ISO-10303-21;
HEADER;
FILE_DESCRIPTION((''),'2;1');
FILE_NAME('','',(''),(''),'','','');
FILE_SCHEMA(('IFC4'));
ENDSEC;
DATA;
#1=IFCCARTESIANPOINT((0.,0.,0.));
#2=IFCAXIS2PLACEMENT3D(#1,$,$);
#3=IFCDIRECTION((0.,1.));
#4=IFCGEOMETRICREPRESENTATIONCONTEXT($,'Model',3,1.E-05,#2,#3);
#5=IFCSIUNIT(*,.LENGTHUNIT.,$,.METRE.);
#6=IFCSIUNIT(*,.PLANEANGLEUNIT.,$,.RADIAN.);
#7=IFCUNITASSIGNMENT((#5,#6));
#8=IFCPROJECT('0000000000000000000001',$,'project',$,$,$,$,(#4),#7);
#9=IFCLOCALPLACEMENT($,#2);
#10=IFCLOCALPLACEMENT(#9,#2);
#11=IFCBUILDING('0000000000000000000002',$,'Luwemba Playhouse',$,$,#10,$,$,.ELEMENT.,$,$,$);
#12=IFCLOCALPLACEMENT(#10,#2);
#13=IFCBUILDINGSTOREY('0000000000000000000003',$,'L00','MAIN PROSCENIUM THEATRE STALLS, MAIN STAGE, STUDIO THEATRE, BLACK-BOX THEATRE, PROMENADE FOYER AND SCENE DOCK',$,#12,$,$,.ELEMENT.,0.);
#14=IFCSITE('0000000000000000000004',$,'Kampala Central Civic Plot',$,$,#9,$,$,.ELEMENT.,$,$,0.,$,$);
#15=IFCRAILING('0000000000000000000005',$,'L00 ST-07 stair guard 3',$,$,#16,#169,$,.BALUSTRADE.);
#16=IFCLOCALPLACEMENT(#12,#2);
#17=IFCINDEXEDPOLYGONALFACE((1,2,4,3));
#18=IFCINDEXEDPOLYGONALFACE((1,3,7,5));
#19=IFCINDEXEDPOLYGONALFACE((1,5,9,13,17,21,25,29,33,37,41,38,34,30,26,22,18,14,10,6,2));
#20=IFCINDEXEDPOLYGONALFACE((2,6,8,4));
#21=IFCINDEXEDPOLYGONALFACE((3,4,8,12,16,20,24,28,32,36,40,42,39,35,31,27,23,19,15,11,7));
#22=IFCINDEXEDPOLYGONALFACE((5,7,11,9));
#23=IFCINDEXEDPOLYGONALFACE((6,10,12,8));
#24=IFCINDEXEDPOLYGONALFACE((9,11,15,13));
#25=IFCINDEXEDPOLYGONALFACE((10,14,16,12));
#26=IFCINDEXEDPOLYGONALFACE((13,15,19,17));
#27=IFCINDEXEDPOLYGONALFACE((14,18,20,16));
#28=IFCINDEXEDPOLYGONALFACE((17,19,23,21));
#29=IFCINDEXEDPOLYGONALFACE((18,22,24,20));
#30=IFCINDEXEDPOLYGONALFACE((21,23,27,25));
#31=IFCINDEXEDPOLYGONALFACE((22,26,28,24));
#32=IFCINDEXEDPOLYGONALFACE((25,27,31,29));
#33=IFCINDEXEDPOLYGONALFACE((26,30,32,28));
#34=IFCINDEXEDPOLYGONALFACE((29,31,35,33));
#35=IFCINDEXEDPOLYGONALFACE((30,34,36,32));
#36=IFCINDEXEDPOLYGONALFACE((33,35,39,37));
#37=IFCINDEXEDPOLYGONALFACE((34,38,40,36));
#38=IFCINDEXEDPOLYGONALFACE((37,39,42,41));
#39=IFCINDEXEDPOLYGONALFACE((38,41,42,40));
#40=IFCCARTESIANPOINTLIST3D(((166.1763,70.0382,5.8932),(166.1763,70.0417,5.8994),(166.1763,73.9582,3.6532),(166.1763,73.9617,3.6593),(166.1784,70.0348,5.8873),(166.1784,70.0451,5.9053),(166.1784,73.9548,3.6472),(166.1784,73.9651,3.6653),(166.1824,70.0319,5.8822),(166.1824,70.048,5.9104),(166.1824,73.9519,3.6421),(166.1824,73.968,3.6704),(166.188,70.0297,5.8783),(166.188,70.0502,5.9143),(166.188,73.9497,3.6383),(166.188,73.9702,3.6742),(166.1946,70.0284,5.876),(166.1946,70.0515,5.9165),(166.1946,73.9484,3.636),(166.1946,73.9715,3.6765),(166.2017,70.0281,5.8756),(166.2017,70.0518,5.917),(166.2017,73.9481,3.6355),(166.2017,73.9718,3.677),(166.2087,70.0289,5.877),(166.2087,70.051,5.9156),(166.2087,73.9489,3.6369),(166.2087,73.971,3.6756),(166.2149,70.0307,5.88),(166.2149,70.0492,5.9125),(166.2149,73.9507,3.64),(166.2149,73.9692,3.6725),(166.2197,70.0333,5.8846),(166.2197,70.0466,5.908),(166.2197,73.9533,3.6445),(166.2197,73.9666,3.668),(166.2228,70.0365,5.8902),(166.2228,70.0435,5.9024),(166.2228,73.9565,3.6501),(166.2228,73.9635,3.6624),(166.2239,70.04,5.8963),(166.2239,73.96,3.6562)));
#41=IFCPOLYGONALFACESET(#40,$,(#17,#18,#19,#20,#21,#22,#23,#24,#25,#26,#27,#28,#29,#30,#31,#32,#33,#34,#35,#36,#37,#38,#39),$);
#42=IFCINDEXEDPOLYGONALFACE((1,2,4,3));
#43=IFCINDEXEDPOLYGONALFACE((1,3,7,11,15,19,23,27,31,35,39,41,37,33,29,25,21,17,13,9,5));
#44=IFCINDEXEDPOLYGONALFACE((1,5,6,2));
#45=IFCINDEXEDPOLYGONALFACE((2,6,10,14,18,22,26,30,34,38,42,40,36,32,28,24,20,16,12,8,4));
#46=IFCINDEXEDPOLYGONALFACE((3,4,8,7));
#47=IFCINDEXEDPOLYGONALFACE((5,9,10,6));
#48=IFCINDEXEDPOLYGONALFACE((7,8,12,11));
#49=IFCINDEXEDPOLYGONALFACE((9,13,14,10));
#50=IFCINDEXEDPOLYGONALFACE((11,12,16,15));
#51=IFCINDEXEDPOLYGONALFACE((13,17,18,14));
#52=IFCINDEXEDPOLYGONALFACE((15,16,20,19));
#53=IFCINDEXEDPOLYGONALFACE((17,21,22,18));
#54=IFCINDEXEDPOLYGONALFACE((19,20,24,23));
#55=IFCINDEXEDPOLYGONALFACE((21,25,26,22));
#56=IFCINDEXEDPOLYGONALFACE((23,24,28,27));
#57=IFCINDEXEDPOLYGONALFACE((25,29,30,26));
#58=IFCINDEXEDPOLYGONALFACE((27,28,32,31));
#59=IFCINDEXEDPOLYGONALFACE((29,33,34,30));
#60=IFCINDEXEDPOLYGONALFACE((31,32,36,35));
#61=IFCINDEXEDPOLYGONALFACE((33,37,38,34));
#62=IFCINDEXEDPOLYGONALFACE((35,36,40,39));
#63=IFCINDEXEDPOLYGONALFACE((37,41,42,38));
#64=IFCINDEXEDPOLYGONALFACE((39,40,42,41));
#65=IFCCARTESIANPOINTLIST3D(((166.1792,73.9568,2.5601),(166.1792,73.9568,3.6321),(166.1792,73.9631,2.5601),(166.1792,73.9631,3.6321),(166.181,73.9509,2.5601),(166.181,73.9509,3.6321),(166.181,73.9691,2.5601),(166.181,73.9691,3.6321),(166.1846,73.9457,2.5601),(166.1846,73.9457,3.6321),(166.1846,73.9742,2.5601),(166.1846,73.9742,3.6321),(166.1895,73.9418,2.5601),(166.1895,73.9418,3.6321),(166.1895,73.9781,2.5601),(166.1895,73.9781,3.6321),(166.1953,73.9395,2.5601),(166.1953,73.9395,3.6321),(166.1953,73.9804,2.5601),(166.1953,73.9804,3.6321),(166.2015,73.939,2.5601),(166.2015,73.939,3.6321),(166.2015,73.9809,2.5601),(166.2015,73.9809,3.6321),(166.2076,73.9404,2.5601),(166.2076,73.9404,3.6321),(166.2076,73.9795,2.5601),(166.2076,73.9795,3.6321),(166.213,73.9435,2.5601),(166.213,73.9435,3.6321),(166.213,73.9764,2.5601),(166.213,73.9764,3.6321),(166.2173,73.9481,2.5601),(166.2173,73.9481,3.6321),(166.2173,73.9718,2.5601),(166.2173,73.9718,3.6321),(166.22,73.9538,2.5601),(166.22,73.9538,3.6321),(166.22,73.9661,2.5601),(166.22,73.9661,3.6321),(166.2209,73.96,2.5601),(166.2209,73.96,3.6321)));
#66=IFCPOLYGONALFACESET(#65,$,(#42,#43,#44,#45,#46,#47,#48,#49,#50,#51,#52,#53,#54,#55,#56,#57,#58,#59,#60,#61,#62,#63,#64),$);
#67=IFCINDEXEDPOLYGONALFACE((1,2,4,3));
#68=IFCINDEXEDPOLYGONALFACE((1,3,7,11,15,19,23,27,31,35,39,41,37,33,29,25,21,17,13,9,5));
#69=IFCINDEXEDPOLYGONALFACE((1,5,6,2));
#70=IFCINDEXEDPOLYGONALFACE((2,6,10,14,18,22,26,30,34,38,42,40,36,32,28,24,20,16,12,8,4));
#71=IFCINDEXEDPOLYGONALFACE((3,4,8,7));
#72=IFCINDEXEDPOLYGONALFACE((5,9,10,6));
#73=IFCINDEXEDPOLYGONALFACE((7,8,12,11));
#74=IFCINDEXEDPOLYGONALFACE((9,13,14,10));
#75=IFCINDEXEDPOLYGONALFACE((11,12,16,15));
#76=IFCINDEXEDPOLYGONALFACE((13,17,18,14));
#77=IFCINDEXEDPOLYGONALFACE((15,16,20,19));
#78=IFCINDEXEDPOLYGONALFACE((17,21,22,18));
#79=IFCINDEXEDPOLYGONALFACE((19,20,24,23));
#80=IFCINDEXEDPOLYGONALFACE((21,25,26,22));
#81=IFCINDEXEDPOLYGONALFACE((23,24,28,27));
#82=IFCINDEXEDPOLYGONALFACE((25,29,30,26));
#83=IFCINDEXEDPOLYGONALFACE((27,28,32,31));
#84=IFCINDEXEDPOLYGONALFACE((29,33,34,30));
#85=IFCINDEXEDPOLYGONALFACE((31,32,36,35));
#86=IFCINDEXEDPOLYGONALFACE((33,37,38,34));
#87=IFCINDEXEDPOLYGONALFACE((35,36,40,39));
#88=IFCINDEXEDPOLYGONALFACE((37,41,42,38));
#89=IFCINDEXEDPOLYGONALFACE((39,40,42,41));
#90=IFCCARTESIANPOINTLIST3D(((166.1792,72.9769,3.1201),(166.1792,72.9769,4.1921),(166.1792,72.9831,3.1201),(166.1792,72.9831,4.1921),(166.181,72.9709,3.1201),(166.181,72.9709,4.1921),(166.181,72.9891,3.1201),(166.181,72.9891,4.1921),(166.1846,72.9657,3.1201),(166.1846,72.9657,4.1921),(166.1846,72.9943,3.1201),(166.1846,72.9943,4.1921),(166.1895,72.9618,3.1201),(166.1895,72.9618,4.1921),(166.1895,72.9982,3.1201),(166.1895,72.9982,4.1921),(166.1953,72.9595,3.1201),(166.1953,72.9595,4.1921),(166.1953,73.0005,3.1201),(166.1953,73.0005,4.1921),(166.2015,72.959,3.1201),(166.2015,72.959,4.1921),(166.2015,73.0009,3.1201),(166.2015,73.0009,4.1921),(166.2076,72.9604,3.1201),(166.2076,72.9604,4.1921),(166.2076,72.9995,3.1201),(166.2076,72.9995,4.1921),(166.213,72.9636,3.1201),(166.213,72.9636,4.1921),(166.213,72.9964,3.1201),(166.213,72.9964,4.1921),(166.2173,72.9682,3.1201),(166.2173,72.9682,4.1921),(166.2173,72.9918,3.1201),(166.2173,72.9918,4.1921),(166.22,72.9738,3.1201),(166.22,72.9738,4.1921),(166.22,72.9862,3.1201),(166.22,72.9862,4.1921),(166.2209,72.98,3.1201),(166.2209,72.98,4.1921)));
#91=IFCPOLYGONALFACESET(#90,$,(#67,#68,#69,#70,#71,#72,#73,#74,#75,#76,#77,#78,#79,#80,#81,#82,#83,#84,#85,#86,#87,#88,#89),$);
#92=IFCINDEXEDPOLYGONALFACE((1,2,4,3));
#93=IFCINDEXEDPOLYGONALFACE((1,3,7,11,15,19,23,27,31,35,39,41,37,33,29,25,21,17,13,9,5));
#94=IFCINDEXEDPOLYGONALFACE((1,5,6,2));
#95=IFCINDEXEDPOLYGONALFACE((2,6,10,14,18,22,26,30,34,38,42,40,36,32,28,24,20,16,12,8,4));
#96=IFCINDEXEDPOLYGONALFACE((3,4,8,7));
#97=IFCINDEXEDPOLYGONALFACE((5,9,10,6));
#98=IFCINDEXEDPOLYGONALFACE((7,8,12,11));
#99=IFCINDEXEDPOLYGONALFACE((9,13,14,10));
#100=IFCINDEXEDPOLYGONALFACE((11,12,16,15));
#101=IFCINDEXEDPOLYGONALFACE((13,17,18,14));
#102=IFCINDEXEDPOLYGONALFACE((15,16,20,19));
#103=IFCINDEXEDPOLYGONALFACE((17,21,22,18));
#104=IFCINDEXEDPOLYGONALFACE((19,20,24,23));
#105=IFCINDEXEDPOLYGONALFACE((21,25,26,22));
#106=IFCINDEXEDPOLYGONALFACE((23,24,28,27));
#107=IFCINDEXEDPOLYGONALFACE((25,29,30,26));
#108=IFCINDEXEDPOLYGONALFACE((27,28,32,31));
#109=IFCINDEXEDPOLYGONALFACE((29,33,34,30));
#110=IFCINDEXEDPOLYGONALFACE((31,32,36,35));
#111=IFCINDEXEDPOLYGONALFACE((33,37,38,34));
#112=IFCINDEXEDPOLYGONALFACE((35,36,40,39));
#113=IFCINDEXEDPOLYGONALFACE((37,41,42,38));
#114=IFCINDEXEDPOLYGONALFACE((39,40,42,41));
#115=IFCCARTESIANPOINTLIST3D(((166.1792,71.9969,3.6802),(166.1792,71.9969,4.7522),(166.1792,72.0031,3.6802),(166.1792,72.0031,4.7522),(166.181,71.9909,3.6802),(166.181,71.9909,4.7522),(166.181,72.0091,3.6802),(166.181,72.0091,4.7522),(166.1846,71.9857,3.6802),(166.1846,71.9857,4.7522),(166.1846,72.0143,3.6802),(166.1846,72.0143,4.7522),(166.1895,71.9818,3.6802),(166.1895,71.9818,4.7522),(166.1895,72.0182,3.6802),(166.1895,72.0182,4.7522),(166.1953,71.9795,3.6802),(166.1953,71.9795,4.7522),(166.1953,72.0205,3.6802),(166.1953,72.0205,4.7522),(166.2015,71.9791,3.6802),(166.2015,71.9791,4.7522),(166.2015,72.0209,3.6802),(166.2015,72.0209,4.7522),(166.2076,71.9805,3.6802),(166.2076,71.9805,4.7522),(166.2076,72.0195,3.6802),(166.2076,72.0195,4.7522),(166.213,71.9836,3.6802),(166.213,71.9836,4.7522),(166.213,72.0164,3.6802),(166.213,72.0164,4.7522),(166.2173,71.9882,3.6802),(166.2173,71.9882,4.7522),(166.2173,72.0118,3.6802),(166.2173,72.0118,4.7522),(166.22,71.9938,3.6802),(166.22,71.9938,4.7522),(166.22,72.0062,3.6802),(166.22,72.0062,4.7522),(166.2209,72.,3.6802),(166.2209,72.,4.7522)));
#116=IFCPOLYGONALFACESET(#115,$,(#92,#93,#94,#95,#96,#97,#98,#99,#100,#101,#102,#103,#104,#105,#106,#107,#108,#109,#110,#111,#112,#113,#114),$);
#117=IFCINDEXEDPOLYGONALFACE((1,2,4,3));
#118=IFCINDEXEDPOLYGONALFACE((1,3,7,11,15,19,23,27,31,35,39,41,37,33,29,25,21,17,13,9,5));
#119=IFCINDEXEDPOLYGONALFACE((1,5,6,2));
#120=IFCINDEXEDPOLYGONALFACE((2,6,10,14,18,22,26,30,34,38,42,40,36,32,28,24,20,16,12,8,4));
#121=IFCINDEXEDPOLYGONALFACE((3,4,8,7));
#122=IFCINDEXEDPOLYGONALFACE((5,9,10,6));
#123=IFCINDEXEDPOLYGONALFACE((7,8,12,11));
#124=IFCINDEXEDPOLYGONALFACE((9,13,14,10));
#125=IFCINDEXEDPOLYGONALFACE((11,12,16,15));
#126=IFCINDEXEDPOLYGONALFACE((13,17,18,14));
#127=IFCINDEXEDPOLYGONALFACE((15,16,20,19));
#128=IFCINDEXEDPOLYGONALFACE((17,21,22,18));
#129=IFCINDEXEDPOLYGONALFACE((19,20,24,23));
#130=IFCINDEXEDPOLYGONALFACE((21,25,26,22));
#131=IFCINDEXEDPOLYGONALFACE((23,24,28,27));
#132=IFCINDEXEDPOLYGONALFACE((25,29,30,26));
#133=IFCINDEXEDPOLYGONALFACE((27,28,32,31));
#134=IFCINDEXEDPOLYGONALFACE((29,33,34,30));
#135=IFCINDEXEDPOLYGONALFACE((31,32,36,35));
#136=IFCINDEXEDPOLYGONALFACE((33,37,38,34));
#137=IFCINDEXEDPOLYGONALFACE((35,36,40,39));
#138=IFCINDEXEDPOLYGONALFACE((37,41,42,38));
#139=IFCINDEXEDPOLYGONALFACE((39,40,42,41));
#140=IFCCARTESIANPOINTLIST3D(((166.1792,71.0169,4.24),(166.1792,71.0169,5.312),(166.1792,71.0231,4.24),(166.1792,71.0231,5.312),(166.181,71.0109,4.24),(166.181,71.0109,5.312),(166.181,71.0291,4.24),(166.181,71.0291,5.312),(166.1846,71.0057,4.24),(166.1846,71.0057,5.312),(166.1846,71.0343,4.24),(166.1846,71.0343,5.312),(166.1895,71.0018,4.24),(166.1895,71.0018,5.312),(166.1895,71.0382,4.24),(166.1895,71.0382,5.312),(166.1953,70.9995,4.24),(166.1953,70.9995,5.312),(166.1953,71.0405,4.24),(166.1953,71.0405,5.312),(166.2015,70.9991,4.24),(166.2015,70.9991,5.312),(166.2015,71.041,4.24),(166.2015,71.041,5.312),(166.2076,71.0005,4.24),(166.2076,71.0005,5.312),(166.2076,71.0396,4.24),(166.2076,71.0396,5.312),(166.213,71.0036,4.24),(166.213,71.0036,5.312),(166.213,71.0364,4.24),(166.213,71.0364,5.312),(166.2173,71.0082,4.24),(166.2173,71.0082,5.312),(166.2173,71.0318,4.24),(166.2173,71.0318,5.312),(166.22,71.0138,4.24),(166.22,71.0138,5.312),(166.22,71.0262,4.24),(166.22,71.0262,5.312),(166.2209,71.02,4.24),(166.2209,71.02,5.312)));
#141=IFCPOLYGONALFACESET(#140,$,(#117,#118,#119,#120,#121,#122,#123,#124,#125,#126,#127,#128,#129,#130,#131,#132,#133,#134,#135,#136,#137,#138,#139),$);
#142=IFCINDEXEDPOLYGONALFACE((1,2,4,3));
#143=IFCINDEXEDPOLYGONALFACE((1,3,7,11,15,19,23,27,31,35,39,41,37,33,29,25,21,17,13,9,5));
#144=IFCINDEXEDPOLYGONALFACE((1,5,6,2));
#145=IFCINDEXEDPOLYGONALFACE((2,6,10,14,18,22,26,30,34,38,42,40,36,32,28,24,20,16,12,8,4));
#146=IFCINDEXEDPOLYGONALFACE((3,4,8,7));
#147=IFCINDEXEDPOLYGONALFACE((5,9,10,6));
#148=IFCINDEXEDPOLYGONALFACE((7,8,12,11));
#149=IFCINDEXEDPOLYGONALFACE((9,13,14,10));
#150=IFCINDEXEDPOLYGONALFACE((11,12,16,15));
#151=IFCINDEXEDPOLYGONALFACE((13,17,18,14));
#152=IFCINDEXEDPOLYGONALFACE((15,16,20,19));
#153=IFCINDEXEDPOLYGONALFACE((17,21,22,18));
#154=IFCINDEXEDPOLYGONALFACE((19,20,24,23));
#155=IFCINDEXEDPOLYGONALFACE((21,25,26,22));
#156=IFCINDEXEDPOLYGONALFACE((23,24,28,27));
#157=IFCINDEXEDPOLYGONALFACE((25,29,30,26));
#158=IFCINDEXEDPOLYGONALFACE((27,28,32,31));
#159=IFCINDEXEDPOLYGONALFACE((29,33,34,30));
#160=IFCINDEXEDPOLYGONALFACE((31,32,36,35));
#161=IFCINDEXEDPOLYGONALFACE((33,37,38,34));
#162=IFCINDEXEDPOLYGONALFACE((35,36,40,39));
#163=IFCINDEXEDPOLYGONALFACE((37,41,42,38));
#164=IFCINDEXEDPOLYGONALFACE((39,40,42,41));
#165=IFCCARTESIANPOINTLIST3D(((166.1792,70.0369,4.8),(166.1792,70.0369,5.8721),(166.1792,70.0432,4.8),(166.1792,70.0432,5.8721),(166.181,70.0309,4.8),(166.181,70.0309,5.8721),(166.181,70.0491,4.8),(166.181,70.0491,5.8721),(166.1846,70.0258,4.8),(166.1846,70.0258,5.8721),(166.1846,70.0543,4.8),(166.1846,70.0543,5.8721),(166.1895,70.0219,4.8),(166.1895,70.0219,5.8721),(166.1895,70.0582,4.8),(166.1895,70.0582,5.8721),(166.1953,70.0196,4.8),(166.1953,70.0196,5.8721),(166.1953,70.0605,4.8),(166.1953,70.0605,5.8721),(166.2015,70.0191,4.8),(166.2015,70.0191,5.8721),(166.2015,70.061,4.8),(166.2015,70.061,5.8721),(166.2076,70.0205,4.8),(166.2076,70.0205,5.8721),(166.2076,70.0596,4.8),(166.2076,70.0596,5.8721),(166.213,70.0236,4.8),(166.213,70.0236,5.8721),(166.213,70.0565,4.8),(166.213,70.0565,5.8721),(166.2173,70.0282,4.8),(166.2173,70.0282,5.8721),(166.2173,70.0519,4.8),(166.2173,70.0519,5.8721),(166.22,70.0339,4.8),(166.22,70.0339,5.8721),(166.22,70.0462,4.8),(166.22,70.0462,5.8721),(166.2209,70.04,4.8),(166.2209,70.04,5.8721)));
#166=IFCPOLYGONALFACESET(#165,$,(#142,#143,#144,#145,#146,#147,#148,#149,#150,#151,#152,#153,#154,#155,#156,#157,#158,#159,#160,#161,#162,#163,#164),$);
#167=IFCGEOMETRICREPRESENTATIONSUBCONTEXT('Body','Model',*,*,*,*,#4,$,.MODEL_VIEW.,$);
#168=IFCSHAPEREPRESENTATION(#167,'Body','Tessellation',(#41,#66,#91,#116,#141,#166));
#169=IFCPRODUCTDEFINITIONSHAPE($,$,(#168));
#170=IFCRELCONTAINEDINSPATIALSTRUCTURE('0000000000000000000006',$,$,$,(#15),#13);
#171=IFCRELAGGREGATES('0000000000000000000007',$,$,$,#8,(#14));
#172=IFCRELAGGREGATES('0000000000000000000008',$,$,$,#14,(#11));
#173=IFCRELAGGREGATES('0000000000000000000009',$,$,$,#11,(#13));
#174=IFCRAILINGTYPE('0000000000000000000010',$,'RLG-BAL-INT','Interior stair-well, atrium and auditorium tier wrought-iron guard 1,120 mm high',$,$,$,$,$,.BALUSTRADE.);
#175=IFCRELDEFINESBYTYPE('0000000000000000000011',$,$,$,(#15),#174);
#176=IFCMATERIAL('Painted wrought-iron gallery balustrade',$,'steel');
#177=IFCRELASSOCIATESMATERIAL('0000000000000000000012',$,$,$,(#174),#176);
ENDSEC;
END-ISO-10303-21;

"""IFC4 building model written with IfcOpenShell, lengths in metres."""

from ifc_helpers import new_model, si_unit, direction, frame, origin, origin_2d, place, context, subcontext, project, spatial, circle, extrude, material, type_object, element, save


model = new_model("IFC4")

# Units and contexts
model_context = context("Model", 3, precision=1e-05, world=origin(), true_north=direction((0.0, 1.0)))
body_context = subcontext(model_context, "Body", "Model", "MODEL_VIEW")
ifc_project = project(units=[si_unit("LENGTHUNIT", "METRE"), si_unit("PLANEANGLEUNIT", "RADIAN")], contexts=[model_context])

# Site, building, storey
site_placement = place(None, origin())
site = spatial("IfcSite", under=ifc_project, at=site_placement, Name="Kampala Central Civic Plot", CompositionType="ELEMENT", RefElevation=0.0)
building_placement = place(site_placement, origin())
building = spatial("IfcBuilding", under=site, at=building_placement, Name="Luwemba Playhouse", CompositionType="ELEMENT")
storey_placement = place(building_placement, origin())
storey = spatial("IfcBuildingStorey", under=building, at=storey_placement, Name="L00", Description="MAIN PROSCENIUM THEATRE STALLS, MAIN STAGE, STUDIO THEATRE, BLACK-BOX THEATRE, PROMENADE FOYER AND SCENE DOCK", CompositionType="ELEMENT", Elevation=0.0)

# Railing
ifc_material_1 = material(Name="Painted wrought-iron gallery balustrade", Category="steel")
railing_type_1 = type_object("IfcRailingType", Name="RLG-BAL-INT", Description="Interior stair-well, atrium and auditorium tier wrought-iron guard 1,120 mm high", PredefinedType="BALUSTRADE", material=ifc_material_1)
railing_1_placement = place(storey_placement, frame((166.2, 73.96, 2.5601)))
element("IfcRailing", 1, at=railing_1_placement, inside=storey, type_object=railing_type_1, Name="L00 ST-07 stair guard 3", PredefinedType="BALUSTRADE", context=body_context, shape_type="SweptSolid", body=[
    extrude(circle(Radius=0.0239, at=origin_2d()), frame((0.0, 0.0, 1.0962), z_axis=(0.0, -0.86824, 0.496145), x_axis=(1.0, 0.0, 0.0)), (0.0, 0.0, 1.0), 4.5149),
    extrude(circle(Radius=0.021, at=origin_2d()), origin(), (0.0, 0.0, 1.0), 1.072),
    extrude(circle(Radius=0.021, at=origin_2d()), frame((0.0, -0.98, 0.5601)), (0.0, 0.0, 1.0), 1.072),
    extrude(circle(Radius=0.021, at=origin_2d()), frame((0.0, -1.96, 1.1201)), (0.0, 0.0, 1.0), 1.072),
    extrude(circle(Radius=0.021, at=origin_2d()), frame((0.0, -2.9399, 1.6799)), (0.0, 0.0, 1.0), 1.072),
    extrude(circle(Radius=0.021, at=origin_2d()), frame((0.0, -3.9199, 2.24)), (0.0, 0.0, 1.0), 1.072),
])

save(model, "model.ifc")
